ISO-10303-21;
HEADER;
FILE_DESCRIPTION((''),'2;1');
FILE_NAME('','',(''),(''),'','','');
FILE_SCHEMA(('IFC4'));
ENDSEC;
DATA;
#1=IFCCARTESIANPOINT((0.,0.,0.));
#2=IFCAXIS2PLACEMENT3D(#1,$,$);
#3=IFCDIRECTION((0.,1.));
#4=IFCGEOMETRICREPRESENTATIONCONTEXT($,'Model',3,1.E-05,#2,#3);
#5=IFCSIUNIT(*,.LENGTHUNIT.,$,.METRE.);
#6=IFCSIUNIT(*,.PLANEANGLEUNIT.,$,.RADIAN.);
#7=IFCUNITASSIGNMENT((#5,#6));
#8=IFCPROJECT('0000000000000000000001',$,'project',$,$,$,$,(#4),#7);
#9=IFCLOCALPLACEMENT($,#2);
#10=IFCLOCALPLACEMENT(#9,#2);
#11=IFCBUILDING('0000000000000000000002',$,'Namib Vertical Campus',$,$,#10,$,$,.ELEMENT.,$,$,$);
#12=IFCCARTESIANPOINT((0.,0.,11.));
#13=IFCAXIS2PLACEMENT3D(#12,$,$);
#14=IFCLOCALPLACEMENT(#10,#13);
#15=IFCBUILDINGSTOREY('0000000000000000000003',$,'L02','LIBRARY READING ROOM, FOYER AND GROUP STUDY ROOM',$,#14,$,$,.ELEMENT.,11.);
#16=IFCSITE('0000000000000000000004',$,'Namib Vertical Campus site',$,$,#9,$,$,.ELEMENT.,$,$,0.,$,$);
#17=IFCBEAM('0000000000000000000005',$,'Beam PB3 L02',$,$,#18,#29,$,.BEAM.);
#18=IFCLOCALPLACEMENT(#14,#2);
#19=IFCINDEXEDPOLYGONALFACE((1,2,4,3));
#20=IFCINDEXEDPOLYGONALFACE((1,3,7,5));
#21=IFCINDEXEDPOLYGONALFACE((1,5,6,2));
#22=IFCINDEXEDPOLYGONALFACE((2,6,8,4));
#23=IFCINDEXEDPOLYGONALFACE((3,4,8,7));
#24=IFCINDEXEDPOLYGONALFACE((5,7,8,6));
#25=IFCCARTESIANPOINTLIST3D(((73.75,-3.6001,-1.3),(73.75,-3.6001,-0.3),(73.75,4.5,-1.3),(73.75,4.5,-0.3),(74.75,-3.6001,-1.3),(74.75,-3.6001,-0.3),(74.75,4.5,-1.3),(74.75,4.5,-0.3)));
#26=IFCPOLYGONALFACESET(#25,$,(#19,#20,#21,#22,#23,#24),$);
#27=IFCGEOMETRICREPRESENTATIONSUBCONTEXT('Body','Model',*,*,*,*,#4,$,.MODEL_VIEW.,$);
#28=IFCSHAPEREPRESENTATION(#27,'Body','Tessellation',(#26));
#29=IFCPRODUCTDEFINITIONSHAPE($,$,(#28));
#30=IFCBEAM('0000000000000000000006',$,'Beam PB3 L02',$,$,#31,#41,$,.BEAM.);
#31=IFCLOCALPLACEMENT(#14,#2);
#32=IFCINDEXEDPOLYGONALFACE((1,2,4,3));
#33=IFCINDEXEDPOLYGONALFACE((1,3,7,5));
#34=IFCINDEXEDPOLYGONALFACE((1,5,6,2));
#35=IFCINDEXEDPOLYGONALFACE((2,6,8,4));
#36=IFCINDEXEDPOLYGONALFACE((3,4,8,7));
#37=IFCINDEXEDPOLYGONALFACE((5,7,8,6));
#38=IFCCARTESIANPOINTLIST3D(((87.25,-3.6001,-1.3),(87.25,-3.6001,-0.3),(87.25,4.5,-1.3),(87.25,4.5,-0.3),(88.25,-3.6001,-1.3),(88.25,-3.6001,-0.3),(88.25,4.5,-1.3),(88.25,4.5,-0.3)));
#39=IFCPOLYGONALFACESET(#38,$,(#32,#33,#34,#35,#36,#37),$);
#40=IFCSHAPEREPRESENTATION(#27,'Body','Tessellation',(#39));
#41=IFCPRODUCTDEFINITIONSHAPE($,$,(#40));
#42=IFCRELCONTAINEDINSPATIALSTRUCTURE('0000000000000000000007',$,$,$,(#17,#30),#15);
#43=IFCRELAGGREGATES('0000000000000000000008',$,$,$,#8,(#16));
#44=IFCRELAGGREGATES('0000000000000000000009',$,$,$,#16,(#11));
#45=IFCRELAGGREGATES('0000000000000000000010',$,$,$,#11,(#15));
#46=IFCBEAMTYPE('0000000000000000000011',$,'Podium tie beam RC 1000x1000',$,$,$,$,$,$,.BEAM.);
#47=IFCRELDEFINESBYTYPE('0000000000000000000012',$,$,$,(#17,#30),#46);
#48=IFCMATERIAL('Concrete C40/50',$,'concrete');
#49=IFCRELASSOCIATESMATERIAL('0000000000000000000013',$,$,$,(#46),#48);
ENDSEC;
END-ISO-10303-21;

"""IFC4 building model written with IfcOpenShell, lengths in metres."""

from ifc_helpers import new_model, si_unit, direction, frame, origin, origin_2d, place, context, subcontext, project, spatial, rectangle, extrude, material, material_profile, profile_set, type_object, element, save


model = new_model("IFC4")

# Units and contexts
model_context = context("Model", 3, precision=1e-05, world=origin(), true_north=direction((0.0, 1.0)))
body_context = subcontext(model_context, "Body", "Model", "MODEL_VIEW")
ifc_project = project(units=[si_unit("LENGTHUNIT", "METRE"), si_unit("PLANEANGLEUNIT", "RADIAN")], contexts=[model_context])

# Site, building, storey
site_placement = place(None, origin())
site = spatial("IfcSite", under=ifc_project, at=site_placement, Name="Namib Vertical Campus site", CompositionType="ELEMENT", RefElevation=0.0)
building_placement = place(site_placement, origin())
building = spatial("IfcBuilding", under=site, at=building_placement, Name="Namib Vertical Campus", CompositionType="ELEMENT")
storey_placement = place(building_placement, frame((0.0, 0.0, 11.0)))
storey = spatial("IfcBuildingStorey", under=building, at=storey_placement, Name="L02", Description="LIBRARY READING ROOM, FOYER AND GROUP STUDY ROOM", CompositionType="ELEMENT", Elevation=11.0)

# Beams
ifc_material_1 = material(Name="Concrete C40/50", Category="concrete")
ifc_material_profile_1 = material_profile(ifc_material_1, rectangle(XDim=1.0, YDim=1.0, at=origin_2d()))
ifc_profile_set_1 = profile_set([ifc_material_profile_1], Name="Concrete C40/50")
beam_type_1 = type_object("IfcBeamType", Name="Podium tie beam RC 1000x1000", PredefinedType="BEAM", material=ifc_profile_set_1)
for number, where, z_axis, x_axis, name in (
    (1, (74.25, -3.6001, -0.8), (0.0, 1.0, 0.0), (-1.0, 0.0, 0.0), "Beam PB3 L02"),
    (2, (87.75, -3.6001, -0.8), (0.0, 1.0, 0.0), (-1.0, 0.0, 0.0), "Beam PB3 L02"),
):
    element("IfcBeam", number, at=place(storey_placement, frame(where, z_axis=z_axis, x_axis=x_axis)), inside=storey, type_object=beam_type_1, Name=name, PredefinedType="BEAM", context=body_context, shape_type="SweptSolid", body=[
        extrude(rectangle(XDim=1.0, YDim=1.0, at=origin_2d()), origin(), (0.0, 0.0, 1.0), 8.1001),
    ])

save(model, "model.ifc")
